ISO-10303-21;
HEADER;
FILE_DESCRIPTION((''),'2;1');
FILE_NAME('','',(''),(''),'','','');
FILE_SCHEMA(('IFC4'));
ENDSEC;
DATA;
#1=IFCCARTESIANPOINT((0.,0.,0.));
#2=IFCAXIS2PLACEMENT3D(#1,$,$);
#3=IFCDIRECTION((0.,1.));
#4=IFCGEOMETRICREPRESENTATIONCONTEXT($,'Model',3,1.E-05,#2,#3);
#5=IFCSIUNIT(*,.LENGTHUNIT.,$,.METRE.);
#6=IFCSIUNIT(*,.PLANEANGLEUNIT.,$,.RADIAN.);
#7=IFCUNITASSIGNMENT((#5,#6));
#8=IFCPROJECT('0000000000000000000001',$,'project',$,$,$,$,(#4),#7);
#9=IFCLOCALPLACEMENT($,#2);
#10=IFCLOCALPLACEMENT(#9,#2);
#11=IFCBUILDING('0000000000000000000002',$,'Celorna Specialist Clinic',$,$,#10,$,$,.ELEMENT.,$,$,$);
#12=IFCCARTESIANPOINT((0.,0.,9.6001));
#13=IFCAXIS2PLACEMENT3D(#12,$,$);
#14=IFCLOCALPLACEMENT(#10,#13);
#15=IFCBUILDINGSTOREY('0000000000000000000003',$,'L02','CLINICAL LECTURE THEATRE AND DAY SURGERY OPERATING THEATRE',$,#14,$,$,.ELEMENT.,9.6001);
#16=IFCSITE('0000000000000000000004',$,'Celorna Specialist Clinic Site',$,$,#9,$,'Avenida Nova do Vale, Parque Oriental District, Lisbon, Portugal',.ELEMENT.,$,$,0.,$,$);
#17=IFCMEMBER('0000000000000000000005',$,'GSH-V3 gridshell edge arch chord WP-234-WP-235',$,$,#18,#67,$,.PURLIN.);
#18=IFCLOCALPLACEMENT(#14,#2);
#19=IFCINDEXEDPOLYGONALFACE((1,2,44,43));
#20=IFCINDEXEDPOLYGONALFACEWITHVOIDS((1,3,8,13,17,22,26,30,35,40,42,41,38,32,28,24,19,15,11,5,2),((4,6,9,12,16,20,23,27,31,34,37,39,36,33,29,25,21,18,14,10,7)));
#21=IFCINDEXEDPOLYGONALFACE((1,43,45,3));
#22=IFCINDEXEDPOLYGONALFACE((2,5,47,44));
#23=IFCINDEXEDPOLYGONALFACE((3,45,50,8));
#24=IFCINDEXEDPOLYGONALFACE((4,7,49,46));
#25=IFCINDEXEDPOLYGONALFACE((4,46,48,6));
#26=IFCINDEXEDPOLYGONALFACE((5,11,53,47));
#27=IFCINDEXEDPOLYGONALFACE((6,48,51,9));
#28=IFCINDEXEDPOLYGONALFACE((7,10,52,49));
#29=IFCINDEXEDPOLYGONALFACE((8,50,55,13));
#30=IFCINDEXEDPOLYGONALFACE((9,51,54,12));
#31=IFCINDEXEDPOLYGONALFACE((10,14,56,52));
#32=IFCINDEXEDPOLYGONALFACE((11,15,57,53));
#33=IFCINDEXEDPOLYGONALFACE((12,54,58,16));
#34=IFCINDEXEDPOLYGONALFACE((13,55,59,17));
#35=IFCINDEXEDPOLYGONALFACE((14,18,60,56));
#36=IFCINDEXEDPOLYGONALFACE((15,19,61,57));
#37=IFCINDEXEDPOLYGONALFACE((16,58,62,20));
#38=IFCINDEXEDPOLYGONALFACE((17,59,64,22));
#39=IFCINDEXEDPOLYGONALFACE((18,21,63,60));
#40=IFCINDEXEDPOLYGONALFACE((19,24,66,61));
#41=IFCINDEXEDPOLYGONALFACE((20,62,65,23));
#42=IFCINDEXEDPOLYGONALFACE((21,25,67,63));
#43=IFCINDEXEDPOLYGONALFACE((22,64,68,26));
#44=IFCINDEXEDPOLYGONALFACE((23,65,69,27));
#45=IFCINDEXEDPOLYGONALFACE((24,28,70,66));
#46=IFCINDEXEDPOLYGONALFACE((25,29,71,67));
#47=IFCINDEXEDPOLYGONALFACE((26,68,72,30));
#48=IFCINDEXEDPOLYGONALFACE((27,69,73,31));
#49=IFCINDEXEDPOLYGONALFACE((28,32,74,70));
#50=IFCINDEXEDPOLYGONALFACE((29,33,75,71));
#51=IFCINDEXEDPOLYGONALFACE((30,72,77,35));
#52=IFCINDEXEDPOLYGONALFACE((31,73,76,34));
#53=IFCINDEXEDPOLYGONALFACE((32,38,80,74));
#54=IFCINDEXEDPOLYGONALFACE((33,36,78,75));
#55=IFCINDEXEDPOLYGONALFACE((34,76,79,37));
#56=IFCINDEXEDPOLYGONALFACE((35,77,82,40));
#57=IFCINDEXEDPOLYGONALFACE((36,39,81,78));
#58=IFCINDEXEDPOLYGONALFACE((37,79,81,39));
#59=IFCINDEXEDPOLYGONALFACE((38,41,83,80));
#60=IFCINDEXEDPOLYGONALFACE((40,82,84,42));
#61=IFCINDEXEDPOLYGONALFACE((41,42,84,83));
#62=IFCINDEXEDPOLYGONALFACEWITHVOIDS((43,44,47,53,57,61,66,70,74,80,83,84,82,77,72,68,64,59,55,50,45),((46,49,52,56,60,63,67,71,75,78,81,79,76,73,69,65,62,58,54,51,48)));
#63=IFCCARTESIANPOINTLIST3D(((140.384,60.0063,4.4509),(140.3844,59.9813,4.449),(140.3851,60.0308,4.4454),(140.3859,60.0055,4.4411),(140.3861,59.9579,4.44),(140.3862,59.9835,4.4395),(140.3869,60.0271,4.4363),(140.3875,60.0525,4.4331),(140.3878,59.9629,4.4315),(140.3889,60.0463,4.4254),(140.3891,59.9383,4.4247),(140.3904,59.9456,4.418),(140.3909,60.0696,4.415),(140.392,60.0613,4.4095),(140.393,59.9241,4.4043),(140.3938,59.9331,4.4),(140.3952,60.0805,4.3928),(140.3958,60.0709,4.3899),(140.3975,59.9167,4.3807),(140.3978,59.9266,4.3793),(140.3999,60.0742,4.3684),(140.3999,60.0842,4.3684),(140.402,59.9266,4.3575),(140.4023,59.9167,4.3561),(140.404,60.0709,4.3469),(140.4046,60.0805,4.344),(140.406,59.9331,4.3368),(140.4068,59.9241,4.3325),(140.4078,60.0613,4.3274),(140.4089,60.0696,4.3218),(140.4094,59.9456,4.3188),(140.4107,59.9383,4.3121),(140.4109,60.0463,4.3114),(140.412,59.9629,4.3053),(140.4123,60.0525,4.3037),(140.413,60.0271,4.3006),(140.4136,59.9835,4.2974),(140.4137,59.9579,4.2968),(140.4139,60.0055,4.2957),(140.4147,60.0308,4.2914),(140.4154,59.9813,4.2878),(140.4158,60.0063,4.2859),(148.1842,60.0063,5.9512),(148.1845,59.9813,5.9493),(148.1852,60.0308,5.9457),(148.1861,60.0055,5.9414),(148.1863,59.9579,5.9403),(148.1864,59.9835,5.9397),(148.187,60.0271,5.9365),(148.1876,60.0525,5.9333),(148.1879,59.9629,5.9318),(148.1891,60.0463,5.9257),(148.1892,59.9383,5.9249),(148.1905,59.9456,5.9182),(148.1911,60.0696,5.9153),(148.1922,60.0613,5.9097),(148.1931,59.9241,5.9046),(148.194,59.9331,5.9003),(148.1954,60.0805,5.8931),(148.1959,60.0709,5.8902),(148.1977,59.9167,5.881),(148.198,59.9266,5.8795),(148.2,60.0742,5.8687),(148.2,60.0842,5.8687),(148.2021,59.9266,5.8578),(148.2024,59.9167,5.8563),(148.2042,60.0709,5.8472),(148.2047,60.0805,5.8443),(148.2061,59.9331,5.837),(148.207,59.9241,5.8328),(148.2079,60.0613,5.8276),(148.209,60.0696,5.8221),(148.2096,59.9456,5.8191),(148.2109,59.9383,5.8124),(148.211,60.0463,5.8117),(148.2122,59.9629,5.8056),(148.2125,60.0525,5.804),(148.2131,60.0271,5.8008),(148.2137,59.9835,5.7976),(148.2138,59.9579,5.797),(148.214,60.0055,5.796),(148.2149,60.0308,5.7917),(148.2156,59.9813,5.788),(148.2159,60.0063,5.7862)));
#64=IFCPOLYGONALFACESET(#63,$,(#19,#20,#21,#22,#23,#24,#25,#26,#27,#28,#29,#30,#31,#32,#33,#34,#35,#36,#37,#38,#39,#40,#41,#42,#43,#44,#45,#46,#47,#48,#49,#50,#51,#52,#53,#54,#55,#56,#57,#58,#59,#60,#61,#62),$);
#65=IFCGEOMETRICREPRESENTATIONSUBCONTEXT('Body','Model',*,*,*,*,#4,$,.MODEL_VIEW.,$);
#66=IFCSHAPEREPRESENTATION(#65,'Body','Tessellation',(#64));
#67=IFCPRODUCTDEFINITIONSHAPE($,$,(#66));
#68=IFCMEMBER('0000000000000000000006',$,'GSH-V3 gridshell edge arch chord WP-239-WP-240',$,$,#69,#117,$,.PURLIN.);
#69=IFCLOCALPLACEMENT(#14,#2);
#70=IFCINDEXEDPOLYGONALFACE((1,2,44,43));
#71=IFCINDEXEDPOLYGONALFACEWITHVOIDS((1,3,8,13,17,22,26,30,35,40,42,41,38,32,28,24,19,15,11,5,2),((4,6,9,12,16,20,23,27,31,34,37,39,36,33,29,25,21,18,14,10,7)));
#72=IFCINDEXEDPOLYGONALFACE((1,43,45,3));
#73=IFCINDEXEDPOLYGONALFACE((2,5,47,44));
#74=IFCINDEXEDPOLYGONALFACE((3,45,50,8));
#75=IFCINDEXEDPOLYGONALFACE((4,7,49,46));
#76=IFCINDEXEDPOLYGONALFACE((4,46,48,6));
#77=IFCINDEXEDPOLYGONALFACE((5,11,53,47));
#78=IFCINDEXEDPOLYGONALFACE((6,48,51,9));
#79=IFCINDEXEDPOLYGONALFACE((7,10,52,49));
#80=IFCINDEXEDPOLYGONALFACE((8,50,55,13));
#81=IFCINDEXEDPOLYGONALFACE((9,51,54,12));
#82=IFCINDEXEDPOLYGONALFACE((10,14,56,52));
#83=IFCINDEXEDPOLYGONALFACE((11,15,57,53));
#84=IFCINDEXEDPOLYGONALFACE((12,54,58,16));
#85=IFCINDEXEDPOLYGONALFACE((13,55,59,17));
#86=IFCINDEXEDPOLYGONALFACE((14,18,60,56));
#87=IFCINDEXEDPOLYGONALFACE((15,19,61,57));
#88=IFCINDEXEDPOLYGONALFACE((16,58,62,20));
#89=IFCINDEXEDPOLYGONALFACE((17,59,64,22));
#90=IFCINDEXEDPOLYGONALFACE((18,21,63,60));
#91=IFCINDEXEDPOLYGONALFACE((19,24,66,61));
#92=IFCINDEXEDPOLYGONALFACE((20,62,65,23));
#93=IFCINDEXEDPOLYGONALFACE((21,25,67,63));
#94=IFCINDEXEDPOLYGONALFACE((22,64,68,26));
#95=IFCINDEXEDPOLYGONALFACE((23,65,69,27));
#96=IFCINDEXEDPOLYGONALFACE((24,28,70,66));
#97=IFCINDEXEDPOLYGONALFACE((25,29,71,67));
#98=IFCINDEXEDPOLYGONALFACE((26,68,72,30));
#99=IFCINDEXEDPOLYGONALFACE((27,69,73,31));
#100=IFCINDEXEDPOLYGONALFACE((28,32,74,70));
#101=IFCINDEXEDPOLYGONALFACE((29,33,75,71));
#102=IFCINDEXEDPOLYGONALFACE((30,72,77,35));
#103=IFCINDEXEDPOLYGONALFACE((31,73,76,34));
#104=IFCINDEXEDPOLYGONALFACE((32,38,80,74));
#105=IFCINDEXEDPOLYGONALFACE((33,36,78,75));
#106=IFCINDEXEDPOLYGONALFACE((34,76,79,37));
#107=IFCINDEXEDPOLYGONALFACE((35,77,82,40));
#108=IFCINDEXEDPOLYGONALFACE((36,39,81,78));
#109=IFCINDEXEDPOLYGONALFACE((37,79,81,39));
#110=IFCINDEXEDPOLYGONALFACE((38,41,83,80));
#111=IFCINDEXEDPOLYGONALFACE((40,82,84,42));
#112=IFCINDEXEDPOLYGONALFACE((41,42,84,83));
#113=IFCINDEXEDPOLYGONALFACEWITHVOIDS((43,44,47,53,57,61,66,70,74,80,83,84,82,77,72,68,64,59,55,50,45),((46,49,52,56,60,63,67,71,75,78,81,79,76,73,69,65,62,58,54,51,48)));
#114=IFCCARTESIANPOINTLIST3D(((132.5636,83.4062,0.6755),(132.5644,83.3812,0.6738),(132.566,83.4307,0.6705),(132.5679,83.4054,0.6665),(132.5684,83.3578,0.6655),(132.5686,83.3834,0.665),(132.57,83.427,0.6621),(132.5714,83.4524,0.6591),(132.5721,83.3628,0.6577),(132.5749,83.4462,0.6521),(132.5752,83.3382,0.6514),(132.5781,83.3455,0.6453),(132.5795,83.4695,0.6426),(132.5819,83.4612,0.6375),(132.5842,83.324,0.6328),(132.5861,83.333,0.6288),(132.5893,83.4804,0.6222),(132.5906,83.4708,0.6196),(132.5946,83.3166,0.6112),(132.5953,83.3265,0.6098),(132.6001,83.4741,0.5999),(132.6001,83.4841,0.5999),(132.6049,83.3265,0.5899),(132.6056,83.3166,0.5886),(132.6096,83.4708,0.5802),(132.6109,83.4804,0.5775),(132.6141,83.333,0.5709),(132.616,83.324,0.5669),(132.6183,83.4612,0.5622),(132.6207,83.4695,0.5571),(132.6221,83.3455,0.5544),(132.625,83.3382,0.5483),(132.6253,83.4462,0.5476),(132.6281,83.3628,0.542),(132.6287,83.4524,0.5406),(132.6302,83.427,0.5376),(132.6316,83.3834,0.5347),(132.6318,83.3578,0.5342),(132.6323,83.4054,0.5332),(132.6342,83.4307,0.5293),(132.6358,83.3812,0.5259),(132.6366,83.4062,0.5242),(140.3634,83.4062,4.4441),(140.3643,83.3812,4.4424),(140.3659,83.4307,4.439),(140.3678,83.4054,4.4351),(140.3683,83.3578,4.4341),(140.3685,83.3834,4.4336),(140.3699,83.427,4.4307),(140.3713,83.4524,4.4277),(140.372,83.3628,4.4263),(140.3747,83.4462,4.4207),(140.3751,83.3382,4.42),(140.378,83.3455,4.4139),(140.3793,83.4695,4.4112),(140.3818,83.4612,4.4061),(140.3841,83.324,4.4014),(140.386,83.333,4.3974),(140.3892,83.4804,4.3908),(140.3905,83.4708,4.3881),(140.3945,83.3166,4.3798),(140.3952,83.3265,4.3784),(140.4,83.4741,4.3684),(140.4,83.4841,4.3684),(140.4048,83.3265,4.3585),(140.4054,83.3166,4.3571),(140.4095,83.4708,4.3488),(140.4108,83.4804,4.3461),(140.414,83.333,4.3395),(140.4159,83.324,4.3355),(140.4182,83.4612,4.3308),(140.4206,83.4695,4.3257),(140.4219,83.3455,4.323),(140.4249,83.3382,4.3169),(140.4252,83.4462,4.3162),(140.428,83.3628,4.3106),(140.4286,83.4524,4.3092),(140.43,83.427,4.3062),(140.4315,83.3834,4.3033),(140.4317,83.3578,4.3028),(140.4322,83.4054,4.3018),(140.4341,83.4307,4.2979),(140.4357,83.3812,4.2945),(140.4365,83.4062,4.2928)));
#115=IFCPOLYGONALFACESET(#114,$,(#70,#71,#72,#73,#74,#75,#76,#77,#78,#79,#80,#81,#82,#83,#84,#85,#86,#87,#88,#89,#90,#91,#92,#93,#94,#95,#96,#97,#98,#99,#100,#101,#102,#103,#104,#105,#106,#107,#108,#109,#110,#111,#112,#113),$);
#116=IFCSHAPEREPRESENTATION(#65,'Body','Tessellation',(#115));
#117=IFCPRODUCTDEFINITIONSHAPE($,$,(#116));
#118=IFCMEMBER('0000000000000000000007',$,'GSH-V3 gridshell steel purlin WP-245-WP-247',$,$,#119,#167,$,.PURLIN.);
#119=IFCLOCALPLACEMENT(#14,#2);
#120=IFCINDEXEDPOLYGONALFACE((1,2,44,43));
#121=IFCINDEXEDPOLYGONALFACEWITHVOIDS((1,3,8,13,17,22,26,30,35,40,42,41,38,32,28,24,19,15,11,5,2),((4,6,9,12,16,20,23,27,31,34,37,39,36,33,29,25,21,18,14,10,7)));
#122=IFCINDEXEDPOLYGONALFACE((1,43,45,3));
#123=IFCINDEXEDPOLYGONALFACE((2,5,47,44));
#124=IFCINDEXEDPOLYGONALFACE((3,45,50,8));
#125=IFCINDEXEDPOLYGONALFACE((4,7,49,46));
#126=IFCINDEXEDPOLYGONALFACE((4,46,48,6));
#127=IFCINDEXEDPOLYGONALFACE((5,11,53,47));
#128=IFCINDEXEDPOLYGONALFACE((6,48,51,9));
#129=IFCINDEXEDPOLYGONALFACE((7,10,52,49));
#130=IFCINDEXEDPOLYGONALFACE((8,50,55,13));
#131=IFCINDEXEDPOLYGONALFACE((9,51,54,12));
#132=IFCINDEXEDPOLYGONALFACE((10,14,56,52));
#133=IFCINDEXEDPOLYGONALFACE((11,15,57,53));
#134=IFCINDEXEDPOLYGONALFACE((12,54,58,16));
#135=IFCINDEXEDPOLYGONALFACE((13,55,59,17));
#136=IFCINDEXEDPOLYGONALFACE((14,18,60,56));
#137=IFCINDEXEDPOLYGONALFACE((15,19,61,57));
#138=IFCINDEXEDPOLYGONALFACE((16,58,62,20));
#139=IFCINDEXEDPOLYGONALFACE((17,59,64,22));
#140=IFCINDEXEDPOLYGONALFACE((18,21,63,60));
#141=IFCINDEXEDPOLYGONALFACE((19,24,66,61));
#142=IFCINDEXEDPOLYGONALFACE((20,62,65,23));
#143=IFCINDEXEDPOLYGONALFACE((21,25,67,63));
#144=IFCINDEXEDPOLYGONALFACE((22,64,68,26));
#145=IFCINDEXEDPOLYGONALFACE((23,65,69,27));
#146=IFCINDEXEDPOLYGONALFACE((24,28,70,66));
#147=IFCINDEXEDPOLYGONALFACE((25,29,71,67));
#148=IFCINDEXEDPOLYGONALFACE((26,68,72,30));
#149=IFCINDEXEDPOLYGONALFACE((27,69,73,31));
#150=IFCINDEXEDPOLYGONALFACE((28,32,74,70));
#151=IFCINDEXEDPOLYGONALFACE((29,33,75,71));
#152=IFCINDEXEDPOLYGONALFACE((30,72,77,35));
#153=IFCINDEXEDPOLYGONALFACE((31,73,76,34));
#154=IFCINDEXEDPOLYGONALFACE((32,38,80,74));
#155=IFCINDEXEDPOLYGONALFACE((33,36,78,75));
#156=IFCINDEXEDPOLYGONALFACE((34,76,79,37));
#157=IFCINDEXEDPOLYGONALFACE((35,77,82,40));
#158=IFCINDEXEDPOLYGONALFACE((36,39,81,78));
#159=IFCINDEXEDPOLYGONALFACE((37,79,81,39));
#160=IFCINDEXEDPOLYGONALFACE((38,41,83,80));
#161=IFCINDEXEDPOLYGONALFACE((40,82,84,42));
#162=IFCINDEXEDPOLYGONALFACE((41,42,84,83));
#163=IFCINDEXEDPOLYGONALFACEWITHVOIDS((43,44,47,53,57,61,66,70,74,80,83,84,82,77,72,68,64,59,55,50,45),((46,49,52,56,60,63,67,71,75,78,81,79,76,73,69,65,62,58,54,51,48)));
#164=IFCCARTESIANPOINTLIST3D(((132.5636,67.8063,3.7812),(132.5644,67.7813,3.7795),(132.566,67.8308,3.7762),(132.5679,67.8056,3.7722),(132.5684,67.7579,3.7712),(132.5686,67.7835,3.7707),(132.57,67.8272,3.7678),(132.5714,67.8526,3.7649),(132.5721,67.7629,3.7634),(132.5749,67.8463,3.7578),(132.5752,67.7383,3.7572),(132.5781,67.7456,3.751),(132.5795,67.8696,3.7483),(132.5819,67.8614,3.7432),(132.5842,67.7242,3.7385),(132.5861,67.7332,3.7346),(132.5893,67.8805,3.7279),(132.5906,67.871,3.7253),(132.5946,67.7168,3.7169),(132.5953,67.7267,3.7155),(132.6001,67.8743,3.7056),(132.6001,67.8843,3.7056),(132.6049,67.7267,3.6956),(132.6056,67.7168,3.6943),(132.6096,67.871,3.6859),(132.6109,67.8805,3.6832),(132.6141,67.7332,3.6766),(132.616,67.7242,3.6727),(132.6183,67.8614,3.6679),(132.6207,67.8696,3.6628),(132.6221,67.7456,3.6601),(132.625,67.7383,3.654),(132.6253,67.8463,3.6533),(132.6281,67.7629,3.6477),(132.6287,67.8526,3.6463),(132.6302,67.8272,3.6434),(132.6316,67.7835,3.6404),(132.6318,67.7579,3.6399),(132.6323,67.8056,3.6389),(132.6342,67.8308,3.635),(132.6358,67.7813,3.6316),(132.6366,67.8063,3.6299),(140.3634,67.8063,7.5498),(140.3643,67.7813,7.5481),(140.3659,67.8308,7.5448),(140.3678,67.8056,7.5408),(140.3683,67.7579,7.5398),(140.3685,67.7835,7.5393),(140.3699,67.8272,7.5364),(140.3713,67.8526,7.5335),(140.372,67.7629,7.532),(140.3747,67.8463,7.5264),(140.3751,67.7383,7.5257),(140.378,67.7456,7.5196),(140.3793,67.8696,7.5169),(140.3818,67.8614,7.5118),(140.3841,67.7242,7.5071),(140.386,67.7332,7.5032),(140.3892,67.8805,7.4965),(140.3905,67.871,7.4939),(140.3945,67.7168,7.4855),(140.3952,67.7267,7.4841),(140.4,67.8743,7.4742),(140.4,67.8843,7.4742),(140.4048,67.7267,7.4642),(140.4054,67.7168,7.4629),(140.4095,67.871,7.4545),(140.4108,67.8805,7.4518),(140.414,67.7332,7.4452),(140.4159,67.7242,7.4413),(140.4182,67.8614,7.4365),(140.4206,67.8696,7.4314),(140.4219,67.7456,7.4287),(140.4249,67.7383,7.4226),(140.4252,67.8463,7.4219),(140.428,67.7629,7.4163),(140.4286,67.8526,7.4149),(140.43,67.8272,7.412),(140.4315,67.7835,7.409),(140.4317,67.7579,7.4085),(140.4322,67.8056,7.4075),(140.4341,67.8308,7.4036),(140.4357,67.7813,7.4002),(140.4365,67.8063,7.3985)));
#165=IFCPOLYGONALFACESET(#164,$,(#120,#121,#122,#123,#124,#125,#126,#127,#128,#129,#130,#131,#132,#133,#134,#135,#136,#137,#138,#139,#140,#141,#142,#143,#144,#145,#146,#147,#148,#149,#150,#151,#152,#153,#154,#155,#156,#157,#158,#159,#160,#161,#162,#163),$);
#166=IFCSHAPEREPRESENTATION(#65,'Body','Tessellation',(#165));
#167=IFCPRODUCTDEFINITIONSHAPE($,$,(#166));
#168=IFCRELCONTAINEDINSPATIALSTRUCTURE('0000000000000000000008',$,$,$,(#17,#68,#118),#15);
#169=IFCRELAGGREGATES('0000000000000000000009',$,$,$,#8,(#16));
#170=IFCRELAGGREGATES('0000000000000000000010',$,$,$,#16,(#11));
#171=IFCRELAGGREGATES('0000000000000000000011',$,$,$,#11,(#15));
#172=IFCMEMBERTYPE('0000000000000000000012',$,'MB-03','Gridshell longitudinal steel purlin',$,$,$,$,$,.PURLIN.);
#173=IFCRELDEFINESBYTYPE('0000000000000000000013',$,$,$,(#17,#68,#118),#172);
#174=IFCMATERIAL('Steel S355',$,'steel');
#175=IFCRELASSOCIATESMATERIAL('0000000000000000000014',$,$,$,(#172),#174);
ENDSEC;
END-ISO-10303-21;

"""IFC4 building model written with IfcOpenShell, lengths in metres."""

from ifc_helpers import new_model, si_unit, direction, frame, origin, origin_2d, place, context, subcontext, project, spatial, hollow_circle, extrude, material, material_profile, profile_set, type_object, element, save


model = new_model("IFC4")

# Units and contexts
model_context = context("Model", 3, precision=1e-05, world=origin(), true_north=direction((0.0, 1.0)))
body_context = subcontext(model_context, "Body", "Model", "MODEL_VIEW")
ifc_project = project(units=[si_unit("LENGTHUNIT", "METRE"), si_unit("PLANEANGLEUNIT", "RADIAN")], contexts=[model_context])

# Site, building, storey
site_placement = place(None, origin())
site = spatial("IfcSite", under=ifc_project, at=site_placement, Name="Celorna Specialist Clinic Site", LongName="Avenida Nova do Vale, Parque Oriental District, Lisbon, Portugal", CompositionType="ELEMENT", RefElevation=0.0)
building_placement = place(site_placement, origin())
building = spatial("IfcBuilding", under=site, at=building_placement, Name="Celorna Specialist Clinic", CompositionType="ELEMENT")
storey_placement = place(building_placement, frame((0.0, 0.0, 9.6001)))
storey = spatial("IfcBuildingStorey", under=building, at=storey_placement, Name="L02", Description="CLINICAL LECTURE THEATRE AND DAY SURGERY OPERATING THEATRE", CompositionType="ELEMENT", Elevation=9.6001)

# Shared definitions
ifc_material_1 = material(Name="Steel S355", Category="steel")

# Members
ifc_material_profile_1 = material_profile(ifc_material_1, hollow_circle(Radius=0.0842, WallThickness=0.01, at=origin_2d()), Name="CHS 168.3x10")
ifc_profile_set_1 = profile_set([ifc_material_profile_1], Name="Steel S355")
member_type_1 = type_object("IfcMemberType", Name="MB-03", Description="Gridshell longitudinal steel purlin", PredefinedType="PURLIN", material=ifc_profile_set_1)
member_1_placement = place(storey_placement, frame((140.3999, 60.0, 4.3684), z_axis=(0.982001, 0.0, 0.188876), x_axis=(0.0, 1.0, 0.0)))
element("IfcMember", 1, at=member_1_placement, inside=storey, type_object=member_type_1, Name="GSH-V3 gridshell edge arch chord WP-234-WP-235", PredefinedType="PURLIN", context=body_context, shape_type="SweptSolid", body=[
    extrude(hollow_circle(Radius=0.0842, WallThickness=0.01, at=origin_2d()), origin(), (0.0, 0.0, 1.0), 7.9431),
])
for number, where, z_axis, x_axis, name in (
    (2, (132.6001, 83.3999, 0.5999), (0.90041, 0.0, 0.435042), (0.0, 1.0, 0.0), "GSH-V3 gridshell edge arch chord WP-239-WP-240"),
    (3, (132.6001, 67.8, 3.7056), (0.90041, 0.0, 0.435042), (0.0, 1.0, 0.0), "GSH-V3 gridshell steel purlin WP-245-WP-247"),
):
    element("IfcMember", number, at=place(storey_placement, frame(where, z_axis=z_axis, x_axis=x_axis)), inside=storey, type_object=member_type_1, Name=name, PredefinedType="PURLIN", context=body_context, shape_type="SweptSolid", body=[
        extrude(hollow_circle(Radius=0.0842, WallThickness=0.01, at=origin_2d()), origin(), (0.0, 0.0, 1.0), 8.6626),
    ])

save(model, "model.ifc")
